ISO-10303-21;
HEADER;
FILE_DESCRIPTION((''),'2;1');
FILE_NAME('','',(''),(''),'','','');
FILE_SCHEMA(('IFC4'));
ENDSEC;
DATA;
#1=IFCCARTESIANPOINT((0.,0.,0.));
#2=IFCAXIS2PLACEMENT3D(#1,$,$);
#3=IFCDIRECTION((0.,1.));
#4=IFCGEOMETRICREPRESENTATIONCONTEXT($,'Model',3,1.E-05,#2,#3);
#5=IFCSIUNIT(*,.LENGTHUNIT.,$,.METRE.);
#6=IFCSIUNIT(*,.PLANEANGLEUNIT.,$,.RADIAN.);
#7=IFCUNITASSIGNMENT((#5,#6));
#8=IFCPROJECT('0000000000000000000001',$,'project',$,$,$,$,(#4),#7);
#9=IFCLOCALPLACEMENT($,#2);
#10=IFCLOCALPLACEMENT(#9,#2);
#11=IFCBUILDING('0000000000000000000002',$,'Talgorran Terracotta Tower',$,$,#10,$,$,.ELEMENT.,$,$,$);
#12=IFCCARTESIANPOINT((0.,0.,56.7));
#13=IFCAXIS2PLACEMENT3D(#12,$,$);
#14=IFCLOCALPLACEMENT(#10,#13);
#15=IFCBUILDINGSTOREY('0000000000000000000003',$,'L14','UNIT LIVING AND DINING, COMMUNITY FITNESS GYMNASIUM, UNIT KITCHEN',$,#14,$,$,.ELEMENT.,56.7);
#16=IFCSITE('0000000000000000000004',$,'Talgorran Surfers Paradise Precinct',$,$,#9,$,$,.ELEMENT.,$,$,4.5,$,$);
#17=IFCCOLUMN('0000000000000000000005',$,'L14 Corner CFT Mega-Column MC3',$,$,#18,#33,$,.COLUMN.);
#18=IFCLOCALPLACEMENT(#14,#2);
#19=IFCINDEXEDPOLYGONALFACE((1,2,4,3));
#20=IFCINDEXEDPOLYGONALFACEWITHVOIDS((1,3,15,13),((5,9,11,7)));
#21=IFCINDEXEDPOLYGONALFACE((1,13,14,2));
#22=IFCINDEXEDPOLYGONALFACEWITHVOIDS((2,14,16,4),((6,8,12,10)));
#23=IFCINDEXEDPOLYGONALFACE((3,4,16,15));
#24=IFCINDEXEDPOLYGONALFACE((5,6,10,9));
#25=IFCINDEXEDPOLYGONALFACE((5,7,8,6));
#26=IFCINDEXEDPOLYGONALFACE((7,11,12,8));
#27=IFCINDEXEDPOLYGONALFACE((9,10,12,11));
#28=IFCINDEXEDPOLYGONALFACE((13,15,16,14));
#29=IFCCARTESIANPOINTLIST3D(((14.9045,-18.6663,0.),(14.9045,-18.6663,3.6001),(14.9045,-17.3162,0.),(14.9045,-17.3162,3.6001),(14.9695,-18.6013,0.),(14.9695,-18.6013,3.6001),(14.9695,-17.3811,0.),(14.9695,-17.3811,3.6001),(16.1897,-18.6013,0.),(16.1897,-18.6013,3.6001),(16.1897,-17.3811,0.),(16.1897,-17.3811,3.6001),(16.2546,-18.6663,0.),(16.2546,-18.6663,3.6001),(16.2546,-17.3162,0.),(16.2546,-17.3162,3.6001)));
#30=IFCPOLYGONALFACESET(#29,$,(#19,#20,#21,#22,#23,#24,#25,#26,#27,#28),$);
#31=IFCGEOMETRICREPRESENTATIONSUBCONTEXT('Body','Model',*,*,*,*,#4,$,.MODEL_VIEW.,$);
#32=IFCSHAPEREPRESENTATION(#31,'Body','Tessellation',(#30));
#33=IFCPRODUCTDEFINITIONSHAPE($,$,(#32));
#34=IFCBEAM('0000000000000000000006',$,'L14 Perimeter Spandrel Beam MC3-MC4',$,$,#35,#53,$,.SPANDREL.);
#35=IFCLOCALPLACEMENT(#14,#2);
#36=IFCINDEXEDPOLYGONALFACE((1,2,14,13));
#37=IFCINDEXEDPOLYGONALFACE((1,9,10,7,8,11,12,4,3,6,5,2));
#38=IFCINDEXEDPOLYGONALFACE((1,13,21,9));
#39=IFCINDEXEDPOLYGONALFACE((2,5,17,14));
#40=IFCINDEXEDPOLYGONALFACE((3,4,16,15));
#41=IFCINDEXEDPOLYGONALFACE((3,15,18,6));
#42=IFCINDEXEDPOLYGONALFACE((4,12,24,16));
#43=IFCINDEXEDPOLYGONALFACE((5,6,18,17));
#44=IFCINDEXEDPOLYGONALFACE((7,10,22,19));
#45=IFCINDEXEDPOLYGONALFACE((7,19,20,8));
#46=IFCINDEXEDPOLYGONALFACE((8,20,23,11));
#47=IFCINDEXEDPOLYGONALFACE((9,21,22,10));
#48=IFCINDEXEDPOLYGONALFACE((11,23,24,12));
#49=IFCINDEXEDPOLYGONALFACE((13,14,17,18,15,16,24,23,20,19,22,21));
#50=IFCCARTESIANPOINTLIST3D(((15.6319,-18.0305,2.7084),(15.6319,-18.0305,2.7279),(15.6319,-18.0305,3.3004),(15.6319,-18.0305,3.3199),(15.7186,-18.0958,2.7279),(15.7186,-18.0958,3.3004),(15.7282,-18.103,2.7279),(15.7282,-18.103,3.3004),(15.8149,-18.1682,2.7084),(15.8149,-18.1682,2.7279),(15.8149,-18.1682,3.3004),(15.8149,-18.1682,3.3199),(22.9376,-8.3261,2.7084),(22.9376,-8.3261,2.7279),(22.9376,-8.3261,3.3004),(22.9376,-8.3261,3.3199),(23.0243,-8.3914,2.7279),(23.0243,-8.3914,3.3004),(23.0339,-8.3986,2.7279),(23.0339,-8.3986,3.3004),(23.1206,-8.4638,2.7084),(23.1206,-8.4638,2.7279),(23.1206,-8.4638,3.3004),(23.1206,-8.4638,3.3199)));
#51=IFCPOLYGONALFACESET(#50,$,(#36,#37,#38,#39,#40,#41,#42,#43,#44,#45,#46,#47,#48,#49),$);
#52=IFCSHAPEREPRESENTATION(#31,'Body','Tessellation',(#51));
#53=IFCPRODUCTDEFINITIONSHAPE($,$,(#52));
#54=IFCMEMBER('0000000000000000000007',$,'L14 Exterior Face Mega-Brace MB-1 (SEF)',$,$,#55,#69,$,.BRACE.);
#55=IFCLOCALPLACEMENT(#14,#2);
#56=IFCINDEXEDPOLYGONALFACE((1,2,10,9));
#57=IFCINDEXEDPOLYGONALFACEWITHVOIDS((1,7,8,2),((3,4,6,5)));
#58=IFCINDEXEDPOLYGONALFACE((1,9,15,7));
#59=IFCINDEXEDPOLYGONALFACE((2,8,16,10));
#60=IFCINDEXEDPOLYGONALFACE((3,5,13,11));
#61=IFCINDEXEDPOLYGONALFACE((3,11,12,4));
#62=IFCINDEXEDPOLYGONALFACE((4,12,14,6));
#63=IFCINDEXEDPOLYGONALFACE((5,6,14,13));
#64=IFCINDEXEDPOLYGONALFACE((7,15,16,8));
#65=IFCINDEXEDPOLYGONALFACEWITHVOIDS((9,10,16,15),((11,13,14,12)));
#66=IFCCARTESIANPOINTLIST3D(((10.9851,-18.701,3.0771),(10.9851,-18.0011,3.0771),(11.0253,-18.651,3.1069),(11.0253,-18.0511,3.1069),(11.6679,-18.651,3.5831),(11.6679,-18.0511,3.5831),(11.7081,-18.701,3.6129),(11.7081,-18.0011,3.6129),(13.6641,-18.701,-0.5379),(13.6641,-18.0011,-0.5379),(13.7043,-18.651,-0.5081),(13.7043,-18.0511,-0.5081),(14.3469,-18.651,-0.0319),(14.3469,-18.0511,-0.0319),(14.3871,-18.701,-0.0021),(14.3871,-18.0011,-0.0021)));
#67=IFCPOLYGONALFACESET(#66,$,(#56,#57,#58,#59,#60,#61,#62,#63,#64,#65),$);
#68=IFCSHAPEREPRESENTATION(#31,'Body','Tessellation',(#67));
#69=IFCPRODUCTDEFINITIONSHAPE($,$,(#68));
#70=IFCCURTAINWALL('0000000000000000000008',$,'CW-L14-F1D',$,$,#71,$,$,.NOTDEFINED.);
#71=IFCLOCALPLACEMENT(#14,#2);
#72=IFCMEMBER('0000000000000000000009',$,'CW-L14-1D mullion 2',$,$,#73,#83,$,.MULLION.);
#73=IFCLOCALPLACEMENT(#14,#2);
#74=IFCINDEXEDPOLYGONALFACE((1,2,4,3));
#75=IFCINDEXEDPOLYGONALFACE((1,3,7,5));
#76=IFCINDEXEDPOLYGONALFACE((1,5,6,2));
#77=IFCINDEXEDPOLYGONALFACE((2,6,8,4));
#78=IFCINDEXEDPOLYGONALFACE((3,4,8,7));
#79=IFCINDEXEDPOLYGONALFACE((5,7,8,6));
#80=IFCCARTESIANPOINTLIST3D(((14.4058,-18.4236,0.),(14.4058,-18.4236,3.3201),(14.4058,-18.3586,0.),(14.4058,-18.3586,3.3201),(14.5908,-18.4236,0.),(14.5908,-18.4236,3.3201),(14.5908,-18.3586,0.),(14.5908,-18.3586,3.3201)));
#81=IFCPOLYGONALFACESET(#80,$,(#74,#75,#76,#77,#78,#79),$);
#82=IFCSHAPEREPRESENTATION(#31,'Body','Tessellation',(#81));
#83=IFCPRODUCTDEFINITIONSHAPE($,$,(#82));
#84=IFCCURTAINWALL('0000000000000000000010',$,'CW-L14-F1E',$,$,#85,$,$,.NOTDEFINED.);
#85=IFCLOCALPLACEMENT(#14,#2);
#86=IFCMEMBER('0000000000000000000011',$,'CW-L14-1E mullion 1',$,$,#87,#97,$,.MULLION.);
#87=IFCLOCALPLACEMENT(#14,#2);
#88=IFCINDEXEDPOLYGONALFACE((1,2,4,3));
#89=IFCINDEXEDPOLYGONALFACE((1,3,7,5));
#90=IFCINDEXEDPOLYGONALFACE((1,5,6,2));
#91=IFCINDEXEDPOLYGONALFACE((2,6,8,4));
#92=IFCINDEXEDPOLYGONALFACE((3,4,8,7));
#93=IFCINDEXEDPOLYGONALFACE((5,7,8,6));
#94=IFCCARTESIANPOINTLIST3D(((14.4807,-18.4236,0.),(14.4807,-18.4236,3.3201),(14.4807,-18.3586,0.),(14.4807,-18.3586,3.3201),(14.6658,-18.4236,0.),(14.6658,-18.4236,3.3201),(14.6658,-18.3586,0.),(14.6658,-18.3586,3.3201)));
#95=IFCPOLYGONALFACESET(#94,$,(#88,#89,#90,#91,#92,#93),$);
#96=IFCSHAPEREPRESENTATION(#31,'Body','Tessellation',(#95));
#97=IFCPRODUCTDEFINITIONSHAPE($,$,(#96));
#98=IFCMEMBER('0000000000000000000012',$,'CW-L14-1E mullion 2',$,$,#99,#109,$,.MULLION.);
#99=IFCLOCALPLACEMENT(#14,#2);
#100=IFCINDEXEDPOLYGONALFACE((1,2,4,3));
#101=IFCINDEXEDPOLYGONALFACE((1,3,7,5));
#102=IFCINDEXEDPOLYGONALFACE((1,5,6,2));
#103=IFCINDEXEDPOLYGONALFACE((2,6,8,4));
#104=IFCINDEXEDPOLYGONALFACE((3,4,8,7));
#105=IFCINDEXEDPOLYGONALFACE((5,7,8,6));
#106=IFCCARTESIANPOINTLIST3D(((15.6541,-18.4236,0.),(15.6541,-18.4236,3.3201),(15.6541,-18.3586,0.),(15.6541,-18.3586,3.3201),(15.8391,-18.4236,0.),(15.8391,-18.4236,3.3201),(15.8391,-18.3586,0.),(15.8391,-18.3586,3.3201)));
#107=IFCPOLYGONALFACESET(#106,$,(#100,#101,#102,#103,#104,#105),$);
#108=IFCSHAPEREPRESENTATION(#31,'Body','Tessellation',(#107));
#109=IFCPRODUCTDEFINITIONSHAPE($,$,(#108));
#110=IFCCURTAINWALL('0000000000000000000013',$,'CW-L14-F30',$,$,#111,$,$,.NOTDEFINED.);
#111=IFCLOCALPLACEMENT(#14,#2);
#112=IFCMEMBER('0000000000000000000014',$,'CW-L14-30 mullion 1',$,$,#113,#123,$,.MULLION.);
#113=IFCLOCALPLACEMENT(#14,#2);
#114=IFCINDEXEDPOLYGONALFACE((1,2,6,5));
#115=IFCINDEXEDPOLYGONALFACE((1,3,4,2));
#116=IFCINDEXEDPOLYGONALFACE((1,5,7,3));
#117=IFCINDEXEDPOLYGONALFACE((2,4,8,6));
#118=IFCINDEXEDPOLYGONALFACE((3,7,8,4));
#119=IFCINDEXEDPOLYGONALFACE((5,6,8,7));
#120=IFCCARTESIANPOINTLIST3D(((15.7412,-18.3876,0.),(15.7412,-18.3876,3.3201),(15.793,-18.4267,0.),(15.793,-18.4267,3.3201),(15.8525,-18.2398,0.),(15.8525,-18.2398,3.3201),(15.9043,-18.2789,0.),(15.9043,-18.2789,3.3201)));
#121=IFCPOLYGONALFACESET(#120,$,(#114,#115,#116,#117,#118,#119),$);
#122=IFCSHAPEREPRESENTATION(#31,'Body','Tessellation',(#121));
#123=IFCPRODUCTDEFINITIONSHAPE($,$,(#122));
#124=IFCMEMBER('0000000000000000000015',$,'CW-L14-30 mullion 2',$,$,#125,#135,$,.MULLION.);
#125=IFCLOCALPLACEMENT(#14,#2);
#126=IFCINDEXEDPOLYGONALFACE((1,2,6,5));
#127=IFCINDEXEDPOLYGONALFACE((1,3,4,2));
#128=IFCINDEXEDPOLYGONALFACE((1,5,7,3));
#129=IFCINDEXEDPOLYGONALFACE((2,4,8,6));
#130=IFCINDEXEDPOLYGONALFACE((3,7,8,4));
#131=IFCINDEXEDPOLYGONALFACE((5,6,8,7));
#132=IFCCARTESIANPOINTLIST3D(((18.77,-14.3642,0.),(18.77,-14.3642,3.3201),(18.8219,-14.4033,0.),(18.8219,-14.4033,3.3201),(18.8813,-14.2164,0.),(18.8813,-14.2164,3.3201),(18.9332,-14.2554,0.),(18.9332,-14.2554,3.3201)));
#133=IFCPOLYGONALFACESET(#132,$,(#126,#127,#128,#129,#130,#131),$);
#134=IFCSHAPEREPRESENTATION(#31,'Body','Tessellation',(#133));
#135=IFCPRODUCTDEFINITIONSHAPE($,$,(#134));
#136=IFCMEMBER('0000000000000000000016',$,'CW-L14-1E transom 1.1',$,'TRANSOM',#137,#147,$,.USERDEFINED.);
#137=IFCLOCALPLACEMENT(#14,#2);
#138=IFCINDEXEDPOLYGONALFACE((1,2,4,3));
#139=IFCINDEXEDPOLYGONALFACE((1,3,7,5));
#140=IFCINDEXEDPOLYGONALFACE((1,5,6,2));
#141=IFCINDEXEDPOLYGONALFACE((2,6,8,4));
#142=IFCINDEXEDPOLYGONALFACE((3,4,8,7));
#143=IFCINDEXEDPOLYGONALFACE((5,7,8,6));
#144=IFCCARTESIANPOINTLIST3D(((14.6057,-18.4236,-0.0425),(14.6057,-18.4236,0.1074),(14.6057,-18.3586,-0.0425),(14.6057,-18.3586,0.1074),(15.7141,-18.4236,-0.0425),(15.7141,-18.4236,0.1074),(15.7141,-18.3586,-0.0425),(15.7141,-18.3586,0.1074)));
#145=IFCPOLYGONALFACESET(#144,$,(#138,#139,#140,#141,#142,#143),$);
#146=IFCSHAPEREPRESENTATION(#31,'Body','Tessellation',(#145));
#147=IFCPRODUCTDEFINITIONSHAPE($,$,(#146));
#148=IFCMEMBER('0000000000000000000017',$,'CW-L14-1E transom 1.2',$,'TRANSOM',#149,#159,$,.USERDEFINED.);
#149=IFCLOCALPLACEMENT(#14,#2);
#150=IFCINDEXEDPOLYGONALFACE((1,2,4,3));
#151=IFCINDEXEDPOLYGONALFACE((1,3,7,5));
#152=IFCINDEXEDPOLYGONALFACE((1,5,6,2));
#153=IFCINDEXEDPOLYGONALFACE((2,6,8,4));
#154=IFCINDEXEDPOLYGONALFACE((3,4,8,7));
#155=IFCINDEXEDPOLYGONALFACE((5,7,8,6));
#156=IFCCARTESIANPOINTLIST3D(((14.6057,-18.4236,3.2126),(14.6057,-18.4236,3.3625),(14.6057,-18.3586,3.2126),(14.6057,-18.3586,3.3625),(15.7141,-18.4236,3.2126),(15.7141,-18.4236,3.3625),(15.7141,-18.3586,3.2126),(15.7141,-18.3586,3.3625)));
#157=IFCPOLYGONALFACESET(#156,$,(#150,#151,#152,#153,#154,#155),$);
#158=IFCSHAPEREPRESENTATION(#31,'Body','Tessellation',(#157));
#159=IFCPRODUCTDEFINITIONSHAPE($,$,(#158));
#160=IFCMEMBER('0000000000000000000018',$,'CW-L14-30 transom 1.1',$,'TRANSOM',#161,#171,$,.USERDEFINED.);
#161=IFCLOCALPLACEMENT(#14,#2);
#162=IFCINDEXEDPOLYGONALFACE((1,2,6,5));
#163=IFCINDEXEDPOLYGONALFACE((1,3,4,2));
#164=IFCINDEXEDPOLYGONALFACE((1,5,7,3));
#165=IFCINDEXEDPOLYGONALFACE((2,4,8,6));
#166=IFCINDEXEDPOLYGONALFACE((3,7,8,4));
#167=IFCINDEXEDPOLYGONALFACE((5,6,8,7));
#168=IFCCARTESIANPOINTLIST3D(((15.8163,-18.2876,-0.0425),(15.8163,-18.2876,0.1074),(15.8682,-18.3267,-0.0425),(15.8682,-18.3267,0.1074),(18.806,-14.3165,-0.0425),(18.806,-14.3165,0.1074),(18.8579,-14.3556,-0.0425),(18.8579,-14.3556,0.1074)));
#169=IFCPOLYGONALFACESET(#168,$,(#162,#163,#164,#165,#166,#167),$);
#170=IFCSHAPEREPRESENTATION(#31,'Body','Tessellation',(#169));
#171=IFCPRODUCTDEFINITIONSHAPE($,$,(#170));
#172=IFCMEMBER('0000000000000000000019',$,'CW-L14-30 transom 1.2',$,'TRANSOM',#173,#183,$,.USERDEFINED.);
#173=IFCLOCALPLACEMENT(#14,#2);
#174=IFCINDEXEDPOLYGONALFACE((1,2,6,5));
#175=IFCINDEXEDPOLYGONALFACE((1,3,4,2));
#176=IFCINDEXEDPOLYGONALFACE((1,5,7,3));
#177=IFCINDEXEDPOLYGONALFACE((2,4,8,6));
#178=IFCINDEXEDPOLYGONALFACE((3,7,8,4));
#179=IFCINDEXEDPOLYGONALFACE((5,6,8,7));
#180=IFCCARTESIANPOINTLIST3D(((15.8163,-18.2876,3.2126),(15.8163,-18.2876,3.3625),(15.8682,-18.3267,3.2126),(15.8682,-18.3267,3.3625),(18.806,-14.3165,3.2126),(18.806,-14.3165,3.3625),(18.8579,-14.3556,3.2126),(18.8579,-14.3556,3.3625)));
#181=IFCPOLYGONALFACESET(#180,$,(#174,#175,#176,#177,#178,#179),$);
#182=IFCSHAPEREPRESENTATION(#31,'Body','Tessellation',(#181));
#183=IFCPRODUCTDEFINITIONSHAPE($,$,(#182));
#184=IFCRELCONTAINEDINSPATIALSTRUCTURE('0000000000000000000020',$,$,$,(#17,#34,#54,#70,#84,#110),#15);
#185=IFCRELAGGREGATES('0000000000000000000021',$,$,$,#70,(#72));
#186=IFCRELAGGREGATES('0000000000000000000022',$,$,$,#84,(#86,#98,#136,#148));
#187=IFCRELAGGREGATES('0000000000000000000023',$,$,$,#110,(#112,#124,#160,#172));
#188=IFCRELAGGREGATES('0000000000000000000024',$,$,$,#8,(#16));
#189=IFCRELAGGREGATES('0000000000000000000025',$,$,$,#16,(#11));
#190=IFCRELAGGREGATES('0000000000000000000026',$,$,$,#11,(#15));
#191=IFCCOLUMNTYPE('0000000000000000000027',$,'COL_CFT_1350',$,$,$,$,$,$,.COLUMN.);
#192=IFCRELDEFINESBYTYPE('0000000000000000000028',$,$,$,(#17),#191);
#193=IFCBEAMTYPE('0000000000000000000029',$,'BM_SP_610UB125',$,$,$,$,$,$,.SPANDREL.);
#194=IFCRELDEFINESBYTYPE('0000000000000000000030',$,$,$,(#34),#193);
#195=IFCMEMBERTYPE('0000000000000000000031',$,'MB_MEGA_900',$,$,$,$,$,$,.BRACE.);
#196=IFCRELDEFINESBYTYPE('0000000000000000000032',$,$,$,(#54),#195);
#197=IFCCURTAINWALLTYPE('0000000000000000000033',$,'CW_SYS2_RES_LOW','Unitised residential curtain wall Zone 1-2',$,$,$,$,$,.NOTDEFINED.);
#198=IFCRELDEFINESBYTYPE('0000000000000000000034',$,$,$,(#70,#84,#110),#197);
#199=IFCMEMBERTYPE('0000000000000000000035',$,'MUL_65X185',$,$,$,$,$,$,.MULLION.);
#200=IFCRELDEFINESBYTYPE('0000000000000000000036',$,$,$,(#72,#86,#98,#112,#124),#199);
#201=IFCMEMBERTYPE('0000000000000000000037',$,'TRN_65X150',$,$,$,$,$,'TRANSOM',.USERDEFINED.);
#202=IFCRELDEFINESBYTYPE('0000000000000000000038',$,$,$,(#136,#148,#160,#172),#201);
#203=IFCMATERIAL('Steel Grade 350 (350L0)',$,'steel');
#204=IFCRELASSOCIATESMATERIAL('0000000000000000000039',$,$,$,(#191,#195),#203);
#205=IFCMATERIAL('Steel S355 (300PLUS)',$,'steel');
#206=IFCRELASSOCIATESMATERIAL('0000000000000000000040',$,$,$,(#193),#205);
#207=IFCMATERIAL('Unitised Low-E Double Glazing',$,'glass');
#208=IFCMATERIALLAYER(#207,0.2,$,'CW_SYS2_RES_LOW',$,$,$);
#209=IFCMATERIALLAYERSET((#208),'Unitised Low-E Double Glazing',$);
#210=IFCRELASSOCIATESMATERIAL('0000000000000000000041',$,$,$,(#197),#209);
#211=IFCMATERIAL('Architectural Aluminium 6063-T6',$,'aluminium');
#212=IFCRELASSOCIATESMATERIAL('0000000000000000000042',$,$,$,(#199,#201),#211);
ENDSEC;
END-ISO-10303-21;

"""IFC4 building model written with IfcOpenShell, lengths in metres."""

from ifc_helpers import new_model, si_unit, direction, frame, origin, origin_2d, place, context, subcontext, project, spatial, rectangle, hollow_rectangle, i_section, extrude, material, layer, layer_set, material_profile, profile_set, type_object, element, aggregate, save


model = new_model("IFC4")

# Units and contexts
model_context = context("Model", 3, precision=1e-05, world=origin(), true_north=direction((0.0, 1.0)))
body_context = subcontext(model_context, "Body", "Model", "MODEL_VIEW")
ifc_project = project(units=[si_unit("LENGTHUNIT", "METRE"), si_unit("PLANEANGLEUNIT", "RADIAN")], contexts=[model_context])

# Site, building, storey
site_placement = place(None, origin())
site = spatial("IfcSite", under=ifc_project, at=site_placement, Name="Talgorran Surfers Paradise Precinct", CompositionType="ELEMENT", RefElevation=4.5)
building_placement = place(site_placement, origin())
building = spatial("IfcBuilding", under=site, at=building_placement, Name="Talgorran Terracotta Tower", CompositionType="ELEMENT")
storey_placement = place(building_placement, frame((0.0, 0.0, 56.7)))
storey = spatial("IfcBuildingStorey", under=building, at=storey_placement, Name="L14", Description="UNIT LIVING AND DINING, COMMUNITY FITNESS GYMNASIUM, UNIT KITCHEN", CompositionType="ELEMENT", Elevation=56.7)

# Column
ifc_material_1 = material(Name="Steel Grade 350 (350L0)", Category="steel")
ifc_material_profile_1 = material_profile(ifc_material_1, hollow_rectangle(XDim=1.3501, YDim=1.3501, WallThickness=0.0649, at=origin_2d()), Name="CFT1350X1350X65")
ifc_profile_set_1 = profile_set([ifc_material_profile_1], Name="Steel Grade 350 (350L0)")
column_type = type_object("IfcColumnType", Name="COL_CFT_1350", PredefinedType="COLUMN", material=ifc_profile_set_1)
column_placement = place(storey_placement, frame((15.5796, -17.9912, 0.0), z_axis=(0.0, 0.0, 1.0), x_axis=(1.0, 0.0, 0.0)))
element("IfcColumn", 1, at=column_placement, inside=storey, type_object=column_type, Name="L14 Corner CFT Mega-Column MC3", PredefinedType="COLUMN", context=body_context, shape_type="SweptSolid", body=[
    extrude(hollow_rectangle(XDim=1.3501, YDim=1.3501, WallThickness=0.0649, at=origin_2d()), origin(), (0.0, 0.0, 1.0), 3.6001),
])

# Beam
ifc_material_2 = material(Name="Steel S355 (300PLUS)", Category="steel")
ifc_material_profile_2 = material_profile(ifc_material_2, i_section(OverallWidth=0.229, OverallDepth=0.6116, WebThickness=0.012, FlangeThickness=0.0195, at=origin_2d()), Name="610UB125")
ifc_profile_set_2 = profile_set([ifc_material_profile_2], Name="Steel S355 (300PLUS)")
beam_type = type_object("IfcBeamType", Name="BM_SP_610UB125", PredefinedType="SPANDREL", material=ifc_profile_set_2)
beam_placement = place(storey_placement, frame((15.7234, -18.0994, 3.0142), z_axis=(0.601443, 0.798916, 0.0), x_axis=(-0.798916, 0.601443, 0.0)))
element("IfcBeam", 2, at=beam_placement, inside=storey, type_object=beam_type, Name="L14 Perimeter Spandrel Beam MC3-MC4", PredefinedType="SPANDREL", context=body_context, shape_type="SweptSolid", body=[
    extrude(i_section(OverallWidth=0.229, OverallDepth=0.6116, WebThickness=0.012, FlangeThickness=0.0195, at=origin_2d()), origin(), (0.0, 0.0, 1.0), 12.147),
])

# Member
ifc_material_profile_3 = material_profile(ifc_material_1, hollow_rectangle(XDim=0.7, YDim=0.8999, WallThickness=0.05, at=origin_2d()), Name="WBOX900X700X50")
ifc_profile_set_3 = profile_set([ifc_material_profile_3], Name="Steel Grade 350 (350L0)")
member_type_1 = type_object("IfcMemberType", Name="MB_MEGA_900", PredefinedType="BRACE", material=ifc_profile_set_3)
member_1_placement = place(storey_placement, frame((14.0256, -18.3511, -0.27), z_axis=(-0.595398, 0.0, 0.803431), x_axis=(0.0, -1.0, 0.0)))
element("IfcMember", 3, at=member_1_placement, inside=storey, type_object=member_type_1, Name="L14 Exterior Face Mega-Brace MB-1 (SEF)", PredefinedType="BRACE", context=body_context, shape_type="SweptSolid", body=[
    extrude(hollow_rectangle(XDim=0.7, YDim=0.8999, WallThickness=0.05, at=origin_2d()), origin(), (0.0, 0.0, 1.0), 4.4995),
])

# Curtain wall, member
ifc_material_3 = material(Name="Unitised Low-E Double Glazing", Category="glass")
ifc_layer_1 = layer(ifc_material_3, 0.2, Name="CW_SYS2_RES_LOW")
ifc_layer_set_1 = layer_set([ifc_layer_1], Name="Unitised Low-E Double Glazing")
curtain_wall_type = type_object("IfcCurtainWallType", Name="CW_SYS2_RES_LOW", Description="Unitised residential curtain wall Zone 1-2", PredefinedType="NOTDEFINED", material=ifc_layer_set_1)
curtain_wall_1_placement = place(storey_placement, origin())
curtain_wall_1 = element("IfcCurtainWall", 4, at=curtain_wall_1_placement, inside=storey, type_object=curtain_wall_type, Name="CW-L14-F1D", PredefinedType="NOTDEFINED")
ifc_material_4 = material(Name="Architectural Aluminium 6063-T6", Category="aluminium")
ifc_material_profile_4 = material_profile(ifc_material_4, rectangle(XDim=0.0649, YDim=0.1851, at=origin_2d()), Name="CWM65X185")
ifc_profile_set_4 = profile_set([ifc_material_profile_4], Name="Architectural Aluminium 6063-T6")
member_type_2 = type_object("IfcMemberType", Name="MUL_65X185", PredefinedType="MULLION", material=ifc_profile_set_4)
member_2_placement = place(storey_placement, frame((14.4983, -18.3911, 0.0), z_axis=(0.0, 0.0, 1.0), x_axis=(0.0, 1.0, 0.0)))
member_2 = element("IfcMember", 5, at=member_2_placement, type_object=member_type_2, Name="CW-L14-1D mullion 2", PredefinedType="MULLION", context=body_context, shape_type="SweptSolid", body=[
    extrude(rectangle(XDim=0.0649, YDim=0.1851, at=origin_2d()), origin(), (0.0, 0.0, 1.0), 3.3201),
])
aggregate(curtain_wall_1, [member_2])

# Curtain walls, members
curtain_wall_2_placement = place(storey_placement, origin())
curtain_wall_2 = element("IfcCurtainWall", 6, at=curtain_wall_2_placement, inside=storey, type_object=curtain_wall_type, Name="CW-L14-F1E", PredefinedType="NOTDEFINED")
member_3_placement = place(storey_placement, frame((14.5732, -18.3911, 0.0), z_axis=(0.0, 0.0, 1.0), x_axis=(0.0, 1.0, 0.0)))
member_3 = element("IfcMember", 7, at=member_3_placement, type_object=member_type_2, Name="CW-L14-1E mullion 1", PredefinedType="MULLION", context=body_context, shape_type="SweptSolid", body=[
    extrude(rectangle(XDim=0.0649, YDim=0.1851, at=origin_2d()), origin(), (0.0, 0.0, 1.0), 3.3201),
])
member_4_placement = place(storey_placement, frame((15.7466, -18.3911, 0.0), z_axis=(0.0, 0.0, 1.0), x_axis=(0.0, 1.0, 0.0)))
member_4 = element("IfcMember", 8, at=member_4_placement, type_object=member_type_2, Name="CW-L14-1E mullion 2", PredefinedType="MULLION", context=body_context, shape_type="SweptSolid", body=[
    extrude(rectangle(XDim=0.0649, YDim=0.1851, at=origin_2d()), origin(), (0.0, 0.0, 1.0), 3.3201),
])
curtain_wall_3_placement = place(storey_placement, origin())
curtain_wall_3 = element("IfcCurtainWall", 9, at=curtain_wall_3_placement, inside=storey, type_object=curtain_wall_type, Name="CW-L14-F30", PredefinedType="NOTDEFINED")
member_5_placement = place(storey_placement, frame((15.8228, -18.3333, 0.0), z_axis=(0.0, 0.0, 1.0), x_axis=(-0.798917, 0.601442, 0.0)))
member_5 = element("IfcMember", 10, at=member_5_placement, type_object=member_type_2, Name="CW-L14-30 mullion 1", PredefinedType="MULLION", context=body_context, shape_type="SweptSolid", body=[
    extrude(rectangle(XDim=0.0649, YDim=0.1851, at=origin_2d()), origin(), (0.0, 0.0, 1.0), 3.3201),
])
member_6_placement = place(storey_placement, frame((18.8516, -14.3098, 0.0), z_axis=(0.0, 0.0, 1.0), x_axis=(-0.798917, 0.601442, 0.0)))
member_6 = element("IfcMember", 11, at=member_6_placement, type_object=member_type_2, Name="CW-L14-30 mullion 2", PredefinedType="MULLION", context=body_context, shape_type="SweptSolid", body=[
    extrude(rectangle(XDim=0.0649, YDim=0.1851, at=origin_2d()), origin(), (0.0, 0.0, 1.0), 3.3201),
])

# Members
ifc_material_profile_5 = material_profile(ifc_material_4, rectangle(XDim=0.0649, YDim=0.1499, at=origin_2d()), Name="CWT65X150")
ifc_profile_set_5 = profile_set([ifc_material_profile_5], Name="Architectural Aluminium 6063-T6")
member_type_3 = type_object("IfcMemberType", Name="TRN_65X150", ElementType="TRANSOM", PredefinedType="USERDEFINED", material=ifc_profile_set_5)
member_7_placement = place(storey_placement, frame((14.6057, -18.3911, 0.0325), z_axis=(1.0, 0.0, 0.0), x_axis=(0.0, 1.0, 0.0)))
member_7 = element("IfcMember", 12, at=member_7_placement, type_object=member_type_3, Name="CW-L14-1E transom 1.1", ObjectType="TRANSOM", PredefinedType="USERDEFINED", context=body_context, shape_type="SweptSolid", body=[
    extrude(rectangle(XDim=0.0649, YDim=0.1499, at=origin_2d()), origin(), (0.0, 0.0, 1.0), 1.1084),
])
member_8_placement = place(storey_placement, frame((14.6057, -18.3911, 3.2876), z_axis=(1.0, 0.0, 0.0), x_axis=(0.0, 1.0, 0.0)))
member_8 = element("IfcMember", 13, at=member_8_placement, type_object=member_type_3, Name="CW-L14-1E transom 1.2", ObjectType="TRANSOM", PredefinedType="USERDEFINED", context=body_context, shape_type="SweptSolid", body=[
    extrude(rectangle(XDim=0.0649, YDim=0.1499, at=origin_2d()), origin(), (0.0, 0.0, 1.0), 1.1084),
])
member_9_placement = place(storey_placement, frame((15.8423, -18.3071, 0.0325), z_axis=(0.601461, 0.798902, 0.0), x_axis=(-0.798902, 0.601461, 0.0)))
member_9 = element("IfcMember", 14, at=member_9_placement, type_object=member_type_3, Name="CW-L14-30 transom 1.1", ObjectType="TRANSOM", PredefinedType="USERDEFINED", context=body_context, shape_type="SweptSolid", body=[
    extrude(rectangle(XDim=0.0649, YDim=0.1499, at=origin_2d()), origin(), (0.0, 0.0, 1.0), 4.9707),
])
member_10_placement = place(storey_placement, frame((15.8423, -18.3071, 3.2876), z_axis=(0.601461, 0.798902, 0.0), x_axis=(-0.798902, 0.601461, 0.0)))
member_10 = element("IfcMember", 15, at=member_10_placement, type_object=member_type_3, Name="CW-L14-30 transom 1.2", ObjectType="TRANSOM", PredefinedType="USERDEFINED", context=body_context, shape_type="SweptSolid", body=[
    extrude(rectangle(XDim=0.0649, YDim=0.1499, at=origin_2d()), origin(), (0.0, 0.0, 1.0), 4.9707),
])

aggregate(curtain_wall_2, [member_3, member_4, member_7, member_8])
aggregate(curtain_wall_3, [member_5, member_6, member_9, member_10])

save(model, "model.ifc")
